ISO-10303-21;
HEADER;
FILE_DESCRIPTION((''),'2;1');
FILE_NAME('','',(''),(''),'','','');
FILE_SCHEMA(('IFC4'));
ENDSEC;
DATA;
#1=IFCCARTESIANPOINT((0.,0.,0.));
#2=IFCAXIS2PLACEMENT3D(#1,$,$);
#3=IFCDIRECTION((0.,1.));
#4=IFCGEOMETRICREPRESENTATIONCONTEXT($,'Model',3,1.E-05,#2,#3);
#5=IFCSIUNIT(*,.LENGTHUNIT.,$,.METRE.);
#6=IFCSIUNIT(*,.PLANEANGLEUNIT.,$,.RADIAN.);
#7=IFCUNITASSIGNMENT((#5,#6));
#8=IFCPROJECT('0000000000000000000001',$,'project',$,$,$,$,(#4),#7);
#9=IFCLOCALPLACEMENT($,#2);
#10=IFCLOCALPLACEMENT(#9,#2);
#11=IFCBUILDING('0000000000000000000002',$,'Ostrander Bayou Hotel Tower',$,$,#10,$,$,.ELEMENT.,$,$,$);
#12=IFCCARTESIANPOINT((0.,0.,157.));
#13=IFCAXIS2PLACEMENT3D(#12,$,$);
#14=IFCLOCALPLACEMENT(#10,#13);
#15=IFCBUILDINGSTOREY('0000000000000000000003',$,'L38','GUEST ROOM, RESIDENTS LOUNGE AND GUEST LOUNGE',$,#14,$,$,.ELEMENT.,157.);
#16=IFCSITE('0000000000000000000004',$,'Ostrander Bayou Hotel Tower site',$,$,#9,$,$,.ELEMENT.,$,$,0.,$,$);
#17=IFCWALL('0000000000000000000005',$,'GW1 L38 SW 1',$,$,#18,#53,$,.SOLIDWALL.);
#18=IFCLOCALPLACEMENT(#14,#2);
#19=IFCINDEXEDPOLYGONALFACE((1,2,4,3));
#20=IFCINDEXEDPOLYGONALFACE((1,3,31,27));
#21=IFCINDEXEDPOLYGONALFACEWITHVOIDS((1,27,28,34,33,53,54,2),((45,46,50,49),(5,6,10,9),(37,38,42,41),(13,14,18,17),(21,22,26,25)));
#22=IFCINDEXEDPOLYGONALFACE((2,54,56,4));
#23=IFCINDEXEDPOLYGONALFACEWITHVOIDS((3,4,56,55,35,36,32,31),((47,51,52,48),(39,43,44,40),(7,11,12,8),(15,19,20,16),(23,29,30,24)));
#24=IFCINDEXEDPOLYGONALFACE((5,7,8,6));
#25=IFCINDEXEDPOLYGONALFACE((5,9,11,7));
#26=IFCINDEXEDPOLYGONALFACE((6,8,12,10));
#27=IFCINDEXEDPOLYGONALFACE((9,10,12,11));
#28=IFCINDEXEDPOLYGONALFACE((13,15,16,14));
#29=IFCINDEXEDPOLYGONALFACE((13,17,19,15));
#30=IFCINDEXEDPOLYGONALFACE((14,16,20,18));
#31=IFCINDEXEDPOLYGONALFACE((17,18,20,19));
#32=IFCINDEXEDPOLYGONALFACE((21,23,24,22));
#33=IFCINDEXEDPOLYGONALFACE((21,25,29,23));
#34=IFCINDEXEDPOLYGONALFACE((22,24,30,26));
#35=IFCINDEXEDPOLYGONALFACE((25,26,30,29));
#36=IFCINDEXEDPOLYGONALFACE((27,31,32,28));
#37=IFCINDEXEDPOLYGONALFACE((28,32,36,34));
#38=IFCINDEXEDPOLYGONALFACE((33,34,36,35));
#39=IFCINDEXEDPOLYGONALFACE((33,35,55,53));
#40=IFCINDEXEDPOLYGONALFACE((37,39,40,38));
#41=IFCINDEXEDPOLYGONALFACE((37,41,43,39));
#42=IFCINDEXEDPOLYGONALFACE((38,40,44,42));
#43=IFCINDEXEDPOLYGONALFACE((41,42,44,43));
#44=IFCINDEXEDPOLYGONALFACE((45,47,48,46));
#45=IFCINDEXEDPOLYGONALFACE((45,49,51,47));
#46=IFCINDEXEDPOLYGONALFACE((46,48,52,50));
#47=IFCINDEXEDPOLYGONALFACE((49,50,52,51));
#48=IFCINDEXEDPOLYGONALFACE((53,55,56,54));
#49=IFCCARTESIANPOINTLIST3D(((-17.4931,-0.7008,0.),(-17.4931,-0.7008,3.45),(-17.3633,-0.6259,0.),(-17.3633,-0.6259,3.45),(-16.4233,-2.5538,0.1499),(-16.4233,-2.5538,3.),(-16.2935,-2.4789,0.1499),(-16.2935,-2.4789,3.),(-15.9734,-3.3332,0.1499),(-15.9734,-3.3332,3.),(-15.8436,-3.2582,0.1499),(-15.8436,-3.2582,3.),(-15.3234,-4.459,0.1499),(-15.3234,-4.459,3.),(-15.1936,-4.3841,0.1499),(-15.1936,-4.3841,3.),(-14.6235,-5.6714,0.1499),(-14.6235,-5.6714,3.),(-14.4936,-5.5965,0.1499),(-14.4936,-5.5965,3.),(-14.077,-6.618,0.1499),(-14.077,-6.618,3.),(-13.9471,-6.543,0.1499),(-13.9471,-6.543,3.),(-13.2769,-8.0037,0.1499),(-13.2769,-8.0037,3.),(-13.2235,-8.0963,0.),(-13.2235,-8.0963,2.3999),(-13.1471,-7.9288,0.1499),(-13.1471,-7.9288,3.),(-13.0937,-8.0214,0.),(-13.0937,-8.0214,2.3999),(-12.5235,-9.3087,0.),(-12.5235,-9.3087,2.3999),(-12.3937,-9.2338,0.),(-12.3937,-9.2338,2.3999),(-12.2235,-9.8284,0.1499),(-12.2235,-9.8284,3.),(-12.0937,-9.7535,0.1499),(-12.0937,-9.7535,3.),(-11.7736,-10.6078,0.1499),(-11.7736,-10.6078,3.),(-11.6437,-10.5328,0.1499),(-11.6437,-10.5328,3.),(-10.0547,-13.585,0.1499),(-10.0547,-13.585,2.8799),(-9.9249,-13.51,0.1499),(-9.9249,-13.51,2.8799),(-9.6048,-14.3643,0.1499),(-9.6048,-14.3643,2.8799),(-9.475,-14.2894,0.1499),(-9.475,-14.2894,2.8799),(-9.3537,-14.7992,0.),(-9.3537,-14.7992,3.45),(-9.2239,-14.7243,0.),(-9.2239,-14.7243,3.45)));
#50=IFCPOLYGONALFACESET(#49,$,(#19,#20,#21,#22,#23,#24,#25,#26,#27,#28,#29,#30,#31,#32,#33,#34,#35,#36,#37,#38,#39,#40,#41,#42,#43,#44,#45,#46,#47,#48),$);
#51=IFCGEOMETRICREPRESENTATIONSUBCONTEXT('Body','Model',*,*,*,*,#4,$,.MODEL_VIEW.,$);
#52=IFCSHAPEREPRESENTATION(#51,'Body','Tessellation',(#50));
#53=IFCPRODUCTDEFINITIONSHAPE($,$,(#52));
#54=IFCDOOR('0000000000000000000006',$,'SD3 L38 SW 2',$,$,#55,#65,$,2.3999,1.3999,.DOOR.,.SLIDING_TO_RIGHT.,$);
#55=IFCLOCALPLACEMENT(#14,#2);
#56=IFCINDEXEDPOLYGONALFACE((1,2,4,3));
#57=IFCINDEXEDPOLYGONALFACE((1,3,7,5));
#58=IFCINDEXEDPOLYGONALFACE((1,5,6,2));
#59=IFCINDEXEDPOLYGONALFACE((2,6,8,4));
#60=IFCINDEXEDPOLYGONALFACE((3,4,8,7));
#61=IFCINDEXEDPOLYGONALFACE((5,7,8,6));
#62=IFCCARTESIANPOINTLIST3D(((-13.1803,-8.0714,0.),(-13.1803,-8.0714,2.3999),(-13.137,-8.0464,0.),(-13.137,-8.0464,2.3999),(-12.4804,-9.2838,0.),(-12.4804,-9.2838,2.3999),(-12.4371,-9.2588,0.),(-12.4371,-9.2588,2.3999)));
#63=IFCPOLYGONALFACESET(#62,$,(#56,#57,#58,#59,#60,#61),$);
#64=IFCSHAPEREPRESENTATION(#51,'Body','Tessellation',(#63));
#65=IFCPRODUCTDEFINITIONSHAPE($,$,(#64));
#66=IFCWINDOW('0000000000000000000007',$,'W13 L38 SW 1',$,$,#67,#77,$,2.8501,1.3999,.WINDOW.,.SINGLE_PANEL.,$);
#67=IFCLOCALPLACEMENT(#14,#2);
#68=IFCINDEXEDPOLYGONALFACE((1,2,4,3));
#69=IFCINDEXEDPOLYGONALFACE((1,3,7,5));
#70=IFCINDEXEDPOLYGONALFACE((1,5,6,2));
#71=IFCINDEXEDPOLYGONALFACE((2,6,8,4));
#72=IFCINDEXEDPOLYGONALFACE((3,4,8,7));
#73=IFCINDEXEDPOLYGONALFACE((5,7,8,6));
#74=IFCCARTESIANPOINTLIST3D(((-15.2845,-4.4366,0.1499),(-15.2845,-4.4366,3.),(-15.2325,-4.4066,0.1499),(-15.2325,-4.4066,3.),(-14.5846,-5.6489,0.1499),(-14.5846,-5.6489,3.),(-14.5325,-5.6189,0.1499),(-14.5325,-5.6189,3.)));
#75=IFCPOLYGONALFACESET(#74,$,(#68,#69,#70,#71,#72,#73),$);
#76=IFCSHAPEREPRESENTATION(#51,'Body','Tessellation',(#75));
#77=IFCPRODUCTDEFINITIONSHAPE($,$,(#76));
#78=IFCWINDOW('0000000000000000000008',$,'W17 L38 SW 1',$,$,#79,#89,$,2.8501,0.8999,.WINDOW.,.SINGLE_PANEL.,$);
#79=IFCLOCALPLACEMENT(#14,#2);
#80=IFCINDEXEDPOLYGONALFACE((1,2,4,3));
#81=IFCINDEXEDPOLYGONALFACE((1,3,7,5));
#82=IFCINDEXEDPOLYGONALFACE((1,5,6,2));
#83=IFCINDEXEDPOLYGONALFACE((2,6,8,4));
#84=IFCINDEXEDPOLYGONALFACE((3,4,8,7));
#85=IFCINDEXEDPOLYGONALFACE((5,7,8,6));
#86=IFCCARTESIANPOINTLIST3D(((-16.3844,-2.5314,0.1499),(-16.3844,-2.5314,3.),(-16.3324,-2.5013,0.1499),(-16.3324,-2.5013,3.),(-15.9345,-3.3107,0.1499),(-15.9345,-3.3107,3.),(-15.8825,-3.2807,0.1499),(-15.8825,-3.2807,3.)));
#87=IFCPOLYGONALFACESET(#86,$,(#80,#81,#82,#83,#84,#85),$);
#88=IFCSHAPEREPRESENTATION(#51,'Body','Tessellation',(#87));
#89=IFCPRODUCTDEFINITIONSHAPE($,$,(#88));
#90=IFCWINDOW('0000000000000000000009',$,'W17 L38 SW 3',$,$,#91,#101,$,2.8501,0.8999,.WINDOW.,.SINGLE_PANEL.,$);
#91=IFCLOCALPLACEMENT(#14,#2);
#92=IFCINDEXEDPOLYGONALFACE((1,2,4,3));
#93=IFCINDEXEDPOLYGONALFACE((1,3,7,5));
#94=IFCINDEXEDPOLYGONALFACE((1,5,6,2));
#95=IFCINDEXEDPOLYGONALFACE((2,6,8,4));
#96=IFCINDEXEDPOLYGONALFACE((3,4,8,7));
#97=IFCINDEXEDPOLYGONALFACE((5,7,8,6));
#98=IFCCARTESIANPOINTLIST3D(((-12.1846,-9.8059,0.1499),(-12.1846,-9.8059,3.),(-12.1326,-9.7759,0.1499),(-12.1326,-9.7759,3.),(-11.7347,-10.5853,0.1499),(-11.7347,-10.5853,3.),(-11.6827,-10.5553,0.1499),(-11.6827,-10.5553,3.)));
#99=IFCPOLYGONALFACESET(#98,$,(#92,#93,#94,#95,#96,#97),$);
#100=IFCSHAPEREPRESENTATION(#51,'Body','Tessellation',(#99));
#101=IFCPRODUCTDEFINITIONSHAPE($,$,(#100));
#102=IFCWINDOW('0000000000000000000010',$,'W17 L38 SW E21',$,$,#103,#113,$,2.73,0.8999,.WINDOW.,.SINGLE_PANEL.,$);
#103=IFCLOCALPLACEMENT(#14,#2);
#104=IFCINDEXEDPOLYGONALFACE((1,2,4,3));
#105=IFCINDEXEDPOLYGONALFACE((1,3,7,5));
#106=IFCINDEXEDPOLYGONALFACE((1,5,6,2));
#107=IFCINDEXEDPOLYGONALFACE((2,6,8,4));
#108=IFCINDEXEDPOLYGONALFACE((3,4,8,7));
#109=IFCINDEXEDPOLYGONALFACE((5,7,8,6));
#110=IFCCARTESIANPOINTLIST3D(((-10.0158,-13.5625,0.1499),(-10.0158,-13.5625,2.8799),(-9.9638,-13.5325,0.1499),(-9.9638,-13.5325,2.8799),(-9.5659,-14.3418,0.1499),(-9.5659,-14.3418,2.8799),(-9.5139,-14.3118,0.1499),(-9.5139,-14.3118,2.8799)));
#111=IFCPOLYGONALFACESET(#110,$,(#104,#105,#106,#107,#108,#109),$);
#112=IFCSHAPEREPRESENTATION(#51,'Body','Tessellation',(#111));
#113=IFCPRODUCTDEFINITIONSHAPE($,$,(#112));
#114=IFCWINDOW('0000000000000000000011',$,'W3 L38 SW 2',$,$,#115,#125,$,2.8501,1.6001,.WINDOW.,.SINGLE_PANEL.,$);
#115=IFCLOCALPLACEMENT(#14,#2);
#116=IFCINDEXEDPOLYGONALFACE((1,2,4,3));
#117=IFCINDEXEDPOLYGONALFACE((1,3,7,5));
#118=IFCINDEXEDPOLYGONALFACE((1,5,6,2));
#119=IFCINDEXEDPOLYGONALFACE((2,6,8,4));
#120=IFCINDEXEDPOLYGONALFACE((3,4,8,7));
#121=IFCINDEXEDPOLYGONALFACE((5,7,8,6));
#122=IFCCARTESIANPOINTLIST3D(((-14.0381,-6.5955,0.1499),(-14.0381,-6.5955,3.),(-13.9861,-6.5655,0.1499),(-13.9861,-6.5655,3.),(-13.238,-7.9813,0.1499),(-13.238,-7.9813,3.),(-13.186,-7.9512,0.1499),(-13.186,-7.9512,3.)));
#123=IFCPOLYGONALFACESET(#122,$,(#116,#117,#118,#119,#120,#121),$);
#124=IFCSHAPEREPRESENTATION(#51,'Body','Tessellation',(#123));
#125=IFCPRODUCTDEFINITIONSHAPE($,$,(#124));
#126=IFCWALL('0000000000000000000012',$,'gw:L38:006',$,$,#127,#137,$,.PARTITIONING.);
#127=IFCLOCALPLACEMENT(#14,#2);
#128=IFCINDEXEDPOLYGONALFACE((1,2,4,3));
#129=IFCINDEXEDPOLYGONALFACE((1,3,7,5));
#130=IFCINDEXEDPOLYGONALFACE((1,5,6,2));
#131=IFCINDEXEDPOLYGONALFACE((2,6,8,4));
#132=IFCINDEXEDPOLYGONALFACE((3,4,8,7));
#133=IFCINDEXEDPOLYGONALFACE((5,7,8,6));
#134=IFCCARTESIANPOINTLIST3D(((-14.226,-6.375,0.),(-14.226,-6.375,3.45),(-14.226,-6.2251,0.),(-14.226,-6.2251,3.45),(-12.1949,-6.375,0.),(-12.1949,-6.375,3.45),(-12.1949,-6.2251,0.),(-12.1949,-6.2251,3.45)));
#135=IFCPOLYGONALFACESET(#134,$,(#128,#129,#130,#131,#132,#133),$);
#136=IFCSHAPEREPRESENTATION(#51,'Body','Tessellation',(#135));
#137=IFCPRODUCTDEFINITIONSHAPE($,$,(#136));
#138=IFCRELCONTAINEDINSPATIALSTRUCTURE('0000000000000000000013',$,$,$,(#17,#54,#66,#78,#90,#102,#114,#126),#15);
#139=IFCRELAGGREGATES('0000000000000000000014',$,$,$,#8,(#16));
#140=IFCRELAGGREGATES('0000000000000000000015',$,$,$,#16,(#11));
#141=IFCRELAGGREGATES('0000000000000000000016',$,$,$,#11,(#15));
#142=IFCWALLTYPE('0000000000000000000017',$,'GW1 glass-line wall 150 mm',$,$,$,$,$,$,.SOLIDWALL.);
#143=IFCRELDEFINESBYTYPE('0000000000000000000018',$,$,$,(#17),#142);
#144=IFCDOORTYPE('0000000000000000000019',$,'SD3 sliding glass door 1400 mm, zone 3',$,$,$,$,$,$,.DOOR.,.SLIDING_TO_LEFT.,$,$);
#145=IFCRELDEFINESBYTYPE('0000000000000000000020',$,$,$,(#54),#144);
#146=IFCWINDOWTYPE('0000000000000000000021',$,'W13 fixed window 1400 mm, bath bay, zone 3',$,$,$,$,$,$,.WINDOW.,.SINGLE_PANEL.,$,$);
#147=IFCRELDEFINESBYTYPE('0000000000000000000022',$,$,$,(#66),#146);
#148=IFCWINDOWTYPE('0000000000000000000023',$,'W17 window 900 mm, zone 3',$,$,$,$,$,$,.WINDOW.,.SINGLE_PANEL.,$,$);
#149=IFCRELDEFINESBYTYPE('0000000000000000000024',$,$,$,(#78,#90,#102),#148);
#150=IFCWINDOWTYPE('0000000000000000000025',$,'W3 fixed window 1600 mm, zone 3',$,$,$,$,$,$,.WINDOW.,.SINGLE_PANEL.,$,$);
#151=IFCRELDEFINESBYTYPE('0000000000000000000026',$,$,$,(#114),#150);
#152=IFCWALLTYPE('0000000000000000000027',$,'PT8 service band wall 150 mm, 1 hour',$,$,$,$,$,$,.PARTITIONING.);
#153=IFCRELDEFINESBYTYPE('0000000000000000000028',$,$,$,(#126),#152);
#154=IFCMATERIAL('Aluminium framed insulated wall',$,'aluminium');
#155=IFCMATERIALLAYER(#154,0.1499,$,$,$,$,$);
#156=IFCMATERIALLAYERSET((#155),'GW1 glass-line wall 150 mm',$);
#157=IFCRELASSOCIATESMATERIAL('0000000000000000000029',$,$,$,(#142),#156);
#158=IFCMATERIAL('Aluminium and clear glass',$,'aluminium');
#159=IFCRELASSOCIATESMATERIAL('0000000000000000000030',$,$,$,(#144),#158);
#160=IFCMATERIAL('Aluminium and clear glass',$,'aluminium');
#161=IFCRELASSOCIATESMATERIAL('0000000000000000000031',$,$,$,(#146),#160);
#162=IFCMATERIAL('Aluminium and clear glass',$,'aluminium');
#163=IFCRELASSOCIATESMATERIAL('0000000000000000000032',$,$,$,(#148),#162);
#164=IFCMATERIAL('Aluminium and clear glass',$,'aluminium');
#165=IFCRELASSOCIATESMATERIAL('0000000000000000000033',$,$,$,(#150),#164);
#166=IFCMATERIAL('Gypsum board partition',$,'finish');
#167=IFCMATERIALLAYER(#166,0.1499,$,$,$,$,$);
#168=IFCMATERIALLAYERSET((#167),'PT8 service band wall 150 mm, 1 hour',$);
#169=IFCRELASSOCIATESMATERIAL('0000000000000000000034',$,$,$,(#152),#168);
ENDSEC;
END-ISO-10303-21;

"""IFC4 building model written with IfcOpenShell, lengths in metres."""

from ifc_helpers import new_model, si_unit, direction, frame, frame_2d, origin, place, context, subcontext, project, spatial, rectangle, extrude, material, layer, layer_set, type_object, element, fill, save


model = new_model("IFC4")

# Units and contexts
model_context = context("Model", 3, precision=1e-05, world=origin(), true_north=direction((0.0, 1.0)))
body_context = subcontext(model_context, "Body", "Model", "MODEL_VIEW")
ifc_project = project(units=[si_unit("LENGTHUNIT", "METRE"), si_unit("PLANEANGLEUNIT", "RADIAN")], contexts=[model_context])

# Site, building, storey
site_placement = place(None, origin())
site = spatial("IfcSite", under=ifc_project, at=site_placement, Name="Ostrander Bayou Hotel Tower site", CompositionType="ELEMENT", RefElevation=0.0)
building_placement = place(site_placement, origin())
building = spatial("IfcBuilding", under=site, at=building_placement, Name="Ostrander Bayou Hotel Tower", CompositionType="ELEMENT")
storey_placement = place(building_placement, frame((0.0, 0.0, 157.0)))
storey = spatial("IfcBuildingStorey", under=building, at=storey_placement, Name="L38", Description="GUEST ROOM, RESIDENTS LOUNGE AND GUEST LOUNGE", CompositionType="ELEMENT", Elevation=157.0)

# Wall, openings, door, windows
ifc_material_1 = material(Name="Aluminium framed insulated wall", Category="aluminium")
ifc_layer_1 = layer(ifc_material_1, 0.1499)
ifc_layer_set_1 = layer_set([ifc_layer_1], Name="GW1 glass-line wall 150 mm")
wall_type_1 = type_object("IfcWallType", Name="GW1 glass-line wall 150 mm", PredefinedType="SOLIDWALL", material=ifc_layer_set_1)
wall_1_placement = place(storey_placement, frame((-17.4282, -0.6633, 0.0), z_axis=(0.0, 0.0, 1.0), x_axis=(0.499986, -0.866033, 0.0)))
wall_1 = element("IfcWall", 1, at=wall_1_placement, inside=storey, type_object=wall_type_1, Name="GW1 L38 SW 1", PredefinedType="SOLIDWALL", context=body_context, shape_type="SweptSolid", body=[
    extrude(rectangle(XDim=16.2793, YDim=0.1499, at=frame_2d((8.1396, 0.0))), origin(), (0.0, 0.0, 1.0), 3.45),
])
opening_1_placement = place(wall_1_placement, frame((2.1396, 0.0, 0.1499)))
opening_1 = element("IfcOpeningElement", 2, at=opening_1_placement, cuts=wall_1, PredefinedType="OPENING", context=body_context, shape_type="SweptSolid", body=[
    extrude(rectangle(XDim=0.8999, YDim=2.8501, at=frame_2d((0.45, 1.425))), frame((0.0, 0.075, 0.0), z_axis=(0.0, -1.0, 0.0), x_axis=(1.0, 0.0, 0.0)), (0.0, 0.0, 1.0), 0.1499),
])
opening_2_placement = place(wall_1_placement, frame((4.3396, 0.0, 0.1499)))
opening_2 = element("IfcOpeningElement", 3, at=opening_2_placement, cuts=wall_1, PredefinedType="OPENING", context=body_context, shape_type="SweptSolid", body=[
    extrude(rectangle(XDim=1.3999, YDim=2.8501, at=frame_2d((0.7, 1.425))), frame((0.0, 0.075, 0.0), z_axis=(0.0, -1.0, 0.0), x_axis=(1.0, 0.0, 0.0)), (0.0, 0.0, 1.0), 0.1499),
])
opening_3_placement = place(wall_1_placement, frame((6.8325, 0.0, 0.1499)))
opening_3 = element("IfcOpeningElement", 4, at=opening_3_placement, cuts=wall_1, PredefinedType="OPENING", context=body_context, shape_type="SweptSolid", body=[
    extrude(rectangle(XDim=1.6001, YDim=2.8501, at=frame_2d((0.8, 1.425))), frame((0.0, 0.075, 0.0), z_axis=(0.0, -1.0, 0.0), x_axis=(1.0, 0.0, 0.0)), (0.0, 0.0, 1.0), 0.1499),
])
opening_4_placement = place(wall_1_placement, frame((8.5396, 0.0, 0.0)))
opening_4 = element("IfcOpeningElement", 5, at=opening_4_placement, cuts=wall_1, PredefinedType="OPENING", context=body_context, shape_type="SweptSolid", body=[
    extrude(rectangle(XDim=1.3999, YDim=2.3999, at=frame_2d((0.7, 1.2))), frame((0.0, 0.075, 0.0), z_axis=(0.0, -1.0, 0.0), x_axis=(1.0, 0.0, 0.0)), (0.0, 0.0, 1.0), 0.1499),
])
opening_5_placement = place(wall_1_placement, frame((10.5396, 0.0, 0.1499)))
opening_5 = element("IfcOpeningElement", 6, at=opening_5_placement, cuts=wall_1, PredefinedType="OPENING", context=body_context, shape_type="SweptSolid", body=[
    extrude(rectangle(XDim=0.8999, YDim=2.8501, at=frame_2d((0.45, 1.425))), frame((0.0, 0.075, 0.0), z_axis=(0.0, -1.0, 0.0), x_axis=(1.0, 0.0, 0.0)), (0.0, 0.0, 1.0), 0.1499),
])
opening_6_placement = place(wall_1_placement, frame((14.8772, 0.0, 0.1499)))
opening_6 = element("IfcOpeningElement", 7, at=opening_6_placement, cuts=wall_1, PredefinedType="OPENING", context=body_context, shape_type="SweptSolid", body=[
    extrude(rectangle(XDim=0.8999, YDim=2.73, at=frame_2d((0.45, 1.365))), frame((0.0, 0.075, 0.0), z_axis=(0.0, -1.0, 0.0), x_axis=(1.0, 0.0, 0.0)), (0.0, 0.0, 1.0), 0.1499),
])
ifc_material_2 = material(Name="Aluminium and clear glass", Category="aluminium")
door_type_1 = type_object("IfcDoorType", Name="SD3 sliding glass door 1400 mm, zone 3", OperationType="SLIDING_TO_LEFT", PredefinedType="DOOR", material=ifc_material_2)
door_1_placement = place(opening_4_placement, origin())
door_1 = element("IfcDoor", 8, at=door_1_placement, inside=storey, type_object=door_type_1, Name="SD3 L38 SW 2", OperationType="SLIDING_TO_RIGHT", OverallHeight=2.3999, OverallWidth=1.3999, PredefinedType="DOOR", context=body_context, shape_type="SweptSolid", body=[
    extrude(rectangle(XDim=1.3999, YDim=2.3999, at=frame_2d((0.7, 1.2))), frame((0.0, 0.0249, 0.0), z_axis=(0.0, -1.0, 0.0), x_axis=(1.0, 0.0, 0.0)), (0.0, 0.0, 1.0), 0.05),
])
fill(opening_4, door_1)
ifc_material_3 = material(Name="Aluminium and clear glass", Category="aluminium")
window_type_1 = type_object("IfcWindowType", Name="W13 fixed window 1400 mm, bath bay, zone 3", PartitioningType="SINGLE_PANEL", PredefinedType="WINDOW", material=ifc_material_3)
window_1_placement = place(opening_2_placement, origin())
window_1 = element("IfcWindow", 9, at=window_1_placement, inside=storey, type_object=window_type_1, Name="W13 L38 SW 1", OverallHeight=2.8501, OverallWidth=1.3999, PartitioningType="SINGLE_PANEL", PredefinedType="WINDOW", context=body_context, shape_type="SweptSolid", body=[
    extrude(rectangle(XDim=1.3999, YDim=2.8501, at=frame_2d((0.7, 1.425))), frame((0.0, 0.03, 0.0), z_axis=(0.0, -1.0, 0.0), x_axis=(1.0, 0.0, 0.0)), (0.0, 0.0, 1.0), 0.0601),
])
fill(opening_2, window_1)
ifc_material_4 = material(Name="Aluminium and clear glass", Category="aluminium")
window_type_2 = type_object("IfcWindowType", Name="W17 window 900 mm, zone 3", PartitioningType="SINGLE_PANEL", PredefinedType="WINDOW", material=ifc_material_4)
window_2_placement = place(opening_1_placement, origin())
window_2 = element("IfcWindow", 10, at=window_2_placement, inside=storey, type_object=window_type_2, Name="W17 L38 SW 1", OverallHeight=2.8501, OverallWidth=0.8999, PartitioningType="SINGLE_PANEL", PredefinedType="WINDOW", context=body_context, shape_type="SweptSolid", body=[
    extrude(rectangle(XDim=0.8999, YDim=2.8501, at=frame_2d((0.45, 1.425))), frame((0.0, 0.03, 0.0), z_axis=(0.0, -1.0, 0.0), x_axis=(1.0, 0.0, 0.0)), (0.0, 0.0, 1.0), 0.0601),
])
fill(opening_1, window_2)
window_3_placement = place(opening_5_placement, origin())
window_3 = element("IfcWindow", 11, at=window_3_placement, inside=storey, type_object=window_type_2, Name="W17 L38 SW 3", OverallHeight=2.8501, OverallWidth=0.8999, PartitioningType="SINGLE_PANEL", PredefinedType="WINDOW", context=body_context, shape_type="SweptSolid", body=[
    extrude(rectangle(XDim=0.8999, YDim=2.8501, at=frame_2d((0.45, 1.425))), frame((0.0, 0.03, 0.0), z_axis=(0.0, -1.0, 0.0), x_axis=(1.0, 0.0, 0.0)), (0.0, 0.0, 1.0), 0.0601),
])
fill(opening_5, window_3)
window_4_placement = place(opening_6_placement, origin())
window_4 = element("IfcWindow", 12, at=window_4_placement, inside=storey, type_object=window_type_2, Name="W17 L38 SW E21", OverallHeight=2.73, OverallWidth=0.8999, PartitioningType="SINGLE_PANEL", PredefinedType="WINDOW", context=body_context, shape_type="SweptSolid", body=[
    extrude(rectangle(XDim=0.8999, YDim=2.73, at=frame_2d((0.45, 1.365))), frame((0.0, 0.03, 0.0), z_axis=(0.0, -1.0, 0.0), x_axis=(1.0, 0.0, 0.0)), (0.0, 0.0, 1.0), 0.0601),
])
fill(opening_6, window_4)
ifc_material_5 = material(Name="Aluminium and clear glass", Category="aluminium")
window_type_3 = type_object("IfcWindowType", Name="W3 fixed window 1600 mm, zone 3", PartitioningType="SINGLE_PANEL", PredefinedType="WINDOW", material=ifc_material_5)
window_5_placement = place(opening_3_placement, origin())
window_5 = element("IfcWindow", 13, at=window_5_placement, inside=storey, type_object=window_type_3, Name="W3 L38 SW 2", OverallHeight=2.8501, OverallWidth=1.6001, PartitioningType="SINGLE_PANEL", PredefinedType="WINDOW", context=body_context, shape_type="SweptSolid", body=[
    extrude(rectangle(XDim=1.6001, YDim=2.8501, at=frame_2d((0.8, 1.425))), frame((0.0, 0.03, 0.0), z_axis=(0.0, -1.0, 0.0), x_axis=(1.0, 0.0, 0.0)), (0.0, 0.0, 1.0), 0.0601),
])
fill(opening_3, window_5)

# Wall
ifc_material_6 = material(Name="Gypsum board partition", Category="finish")
ifc_layer_2 = layer(ifc_material_6, 0.1499)
ifc_layer_set_2 = layer_set([ifc_layer_2], Name="PT8 service band wall 150 mm, 1 hour")
wall_type_2 = type_object("IfcWallType", Name="PT8 service band wall 150 mm, 1 hour", PredefinedType="PARTITIONING", material=ifc_layer_set_2)
wall_2_placement = place(storey_placement, frame((-14.2261, -6.3, 0.0), z_axis=(0.0, 0.0, 1.0), x_axis=(1.0, 0.0, 0.0)))
element("IfcWall", 14, at=wall_2_placement, inside=storey, type_object=wall_type_2, Name="gw:L38:006", PredefinedType="PARTITIONING", context=body_context, shape_type="SweptSolid", body=[
    extrude(rectangle(XDim=2.031, YDim=0.1499, at=frame_2d((1.0156, 0.0))), origin(), (0.0, 0.0, 1.0), 3.45),
])

save(model, "model.ifc")
